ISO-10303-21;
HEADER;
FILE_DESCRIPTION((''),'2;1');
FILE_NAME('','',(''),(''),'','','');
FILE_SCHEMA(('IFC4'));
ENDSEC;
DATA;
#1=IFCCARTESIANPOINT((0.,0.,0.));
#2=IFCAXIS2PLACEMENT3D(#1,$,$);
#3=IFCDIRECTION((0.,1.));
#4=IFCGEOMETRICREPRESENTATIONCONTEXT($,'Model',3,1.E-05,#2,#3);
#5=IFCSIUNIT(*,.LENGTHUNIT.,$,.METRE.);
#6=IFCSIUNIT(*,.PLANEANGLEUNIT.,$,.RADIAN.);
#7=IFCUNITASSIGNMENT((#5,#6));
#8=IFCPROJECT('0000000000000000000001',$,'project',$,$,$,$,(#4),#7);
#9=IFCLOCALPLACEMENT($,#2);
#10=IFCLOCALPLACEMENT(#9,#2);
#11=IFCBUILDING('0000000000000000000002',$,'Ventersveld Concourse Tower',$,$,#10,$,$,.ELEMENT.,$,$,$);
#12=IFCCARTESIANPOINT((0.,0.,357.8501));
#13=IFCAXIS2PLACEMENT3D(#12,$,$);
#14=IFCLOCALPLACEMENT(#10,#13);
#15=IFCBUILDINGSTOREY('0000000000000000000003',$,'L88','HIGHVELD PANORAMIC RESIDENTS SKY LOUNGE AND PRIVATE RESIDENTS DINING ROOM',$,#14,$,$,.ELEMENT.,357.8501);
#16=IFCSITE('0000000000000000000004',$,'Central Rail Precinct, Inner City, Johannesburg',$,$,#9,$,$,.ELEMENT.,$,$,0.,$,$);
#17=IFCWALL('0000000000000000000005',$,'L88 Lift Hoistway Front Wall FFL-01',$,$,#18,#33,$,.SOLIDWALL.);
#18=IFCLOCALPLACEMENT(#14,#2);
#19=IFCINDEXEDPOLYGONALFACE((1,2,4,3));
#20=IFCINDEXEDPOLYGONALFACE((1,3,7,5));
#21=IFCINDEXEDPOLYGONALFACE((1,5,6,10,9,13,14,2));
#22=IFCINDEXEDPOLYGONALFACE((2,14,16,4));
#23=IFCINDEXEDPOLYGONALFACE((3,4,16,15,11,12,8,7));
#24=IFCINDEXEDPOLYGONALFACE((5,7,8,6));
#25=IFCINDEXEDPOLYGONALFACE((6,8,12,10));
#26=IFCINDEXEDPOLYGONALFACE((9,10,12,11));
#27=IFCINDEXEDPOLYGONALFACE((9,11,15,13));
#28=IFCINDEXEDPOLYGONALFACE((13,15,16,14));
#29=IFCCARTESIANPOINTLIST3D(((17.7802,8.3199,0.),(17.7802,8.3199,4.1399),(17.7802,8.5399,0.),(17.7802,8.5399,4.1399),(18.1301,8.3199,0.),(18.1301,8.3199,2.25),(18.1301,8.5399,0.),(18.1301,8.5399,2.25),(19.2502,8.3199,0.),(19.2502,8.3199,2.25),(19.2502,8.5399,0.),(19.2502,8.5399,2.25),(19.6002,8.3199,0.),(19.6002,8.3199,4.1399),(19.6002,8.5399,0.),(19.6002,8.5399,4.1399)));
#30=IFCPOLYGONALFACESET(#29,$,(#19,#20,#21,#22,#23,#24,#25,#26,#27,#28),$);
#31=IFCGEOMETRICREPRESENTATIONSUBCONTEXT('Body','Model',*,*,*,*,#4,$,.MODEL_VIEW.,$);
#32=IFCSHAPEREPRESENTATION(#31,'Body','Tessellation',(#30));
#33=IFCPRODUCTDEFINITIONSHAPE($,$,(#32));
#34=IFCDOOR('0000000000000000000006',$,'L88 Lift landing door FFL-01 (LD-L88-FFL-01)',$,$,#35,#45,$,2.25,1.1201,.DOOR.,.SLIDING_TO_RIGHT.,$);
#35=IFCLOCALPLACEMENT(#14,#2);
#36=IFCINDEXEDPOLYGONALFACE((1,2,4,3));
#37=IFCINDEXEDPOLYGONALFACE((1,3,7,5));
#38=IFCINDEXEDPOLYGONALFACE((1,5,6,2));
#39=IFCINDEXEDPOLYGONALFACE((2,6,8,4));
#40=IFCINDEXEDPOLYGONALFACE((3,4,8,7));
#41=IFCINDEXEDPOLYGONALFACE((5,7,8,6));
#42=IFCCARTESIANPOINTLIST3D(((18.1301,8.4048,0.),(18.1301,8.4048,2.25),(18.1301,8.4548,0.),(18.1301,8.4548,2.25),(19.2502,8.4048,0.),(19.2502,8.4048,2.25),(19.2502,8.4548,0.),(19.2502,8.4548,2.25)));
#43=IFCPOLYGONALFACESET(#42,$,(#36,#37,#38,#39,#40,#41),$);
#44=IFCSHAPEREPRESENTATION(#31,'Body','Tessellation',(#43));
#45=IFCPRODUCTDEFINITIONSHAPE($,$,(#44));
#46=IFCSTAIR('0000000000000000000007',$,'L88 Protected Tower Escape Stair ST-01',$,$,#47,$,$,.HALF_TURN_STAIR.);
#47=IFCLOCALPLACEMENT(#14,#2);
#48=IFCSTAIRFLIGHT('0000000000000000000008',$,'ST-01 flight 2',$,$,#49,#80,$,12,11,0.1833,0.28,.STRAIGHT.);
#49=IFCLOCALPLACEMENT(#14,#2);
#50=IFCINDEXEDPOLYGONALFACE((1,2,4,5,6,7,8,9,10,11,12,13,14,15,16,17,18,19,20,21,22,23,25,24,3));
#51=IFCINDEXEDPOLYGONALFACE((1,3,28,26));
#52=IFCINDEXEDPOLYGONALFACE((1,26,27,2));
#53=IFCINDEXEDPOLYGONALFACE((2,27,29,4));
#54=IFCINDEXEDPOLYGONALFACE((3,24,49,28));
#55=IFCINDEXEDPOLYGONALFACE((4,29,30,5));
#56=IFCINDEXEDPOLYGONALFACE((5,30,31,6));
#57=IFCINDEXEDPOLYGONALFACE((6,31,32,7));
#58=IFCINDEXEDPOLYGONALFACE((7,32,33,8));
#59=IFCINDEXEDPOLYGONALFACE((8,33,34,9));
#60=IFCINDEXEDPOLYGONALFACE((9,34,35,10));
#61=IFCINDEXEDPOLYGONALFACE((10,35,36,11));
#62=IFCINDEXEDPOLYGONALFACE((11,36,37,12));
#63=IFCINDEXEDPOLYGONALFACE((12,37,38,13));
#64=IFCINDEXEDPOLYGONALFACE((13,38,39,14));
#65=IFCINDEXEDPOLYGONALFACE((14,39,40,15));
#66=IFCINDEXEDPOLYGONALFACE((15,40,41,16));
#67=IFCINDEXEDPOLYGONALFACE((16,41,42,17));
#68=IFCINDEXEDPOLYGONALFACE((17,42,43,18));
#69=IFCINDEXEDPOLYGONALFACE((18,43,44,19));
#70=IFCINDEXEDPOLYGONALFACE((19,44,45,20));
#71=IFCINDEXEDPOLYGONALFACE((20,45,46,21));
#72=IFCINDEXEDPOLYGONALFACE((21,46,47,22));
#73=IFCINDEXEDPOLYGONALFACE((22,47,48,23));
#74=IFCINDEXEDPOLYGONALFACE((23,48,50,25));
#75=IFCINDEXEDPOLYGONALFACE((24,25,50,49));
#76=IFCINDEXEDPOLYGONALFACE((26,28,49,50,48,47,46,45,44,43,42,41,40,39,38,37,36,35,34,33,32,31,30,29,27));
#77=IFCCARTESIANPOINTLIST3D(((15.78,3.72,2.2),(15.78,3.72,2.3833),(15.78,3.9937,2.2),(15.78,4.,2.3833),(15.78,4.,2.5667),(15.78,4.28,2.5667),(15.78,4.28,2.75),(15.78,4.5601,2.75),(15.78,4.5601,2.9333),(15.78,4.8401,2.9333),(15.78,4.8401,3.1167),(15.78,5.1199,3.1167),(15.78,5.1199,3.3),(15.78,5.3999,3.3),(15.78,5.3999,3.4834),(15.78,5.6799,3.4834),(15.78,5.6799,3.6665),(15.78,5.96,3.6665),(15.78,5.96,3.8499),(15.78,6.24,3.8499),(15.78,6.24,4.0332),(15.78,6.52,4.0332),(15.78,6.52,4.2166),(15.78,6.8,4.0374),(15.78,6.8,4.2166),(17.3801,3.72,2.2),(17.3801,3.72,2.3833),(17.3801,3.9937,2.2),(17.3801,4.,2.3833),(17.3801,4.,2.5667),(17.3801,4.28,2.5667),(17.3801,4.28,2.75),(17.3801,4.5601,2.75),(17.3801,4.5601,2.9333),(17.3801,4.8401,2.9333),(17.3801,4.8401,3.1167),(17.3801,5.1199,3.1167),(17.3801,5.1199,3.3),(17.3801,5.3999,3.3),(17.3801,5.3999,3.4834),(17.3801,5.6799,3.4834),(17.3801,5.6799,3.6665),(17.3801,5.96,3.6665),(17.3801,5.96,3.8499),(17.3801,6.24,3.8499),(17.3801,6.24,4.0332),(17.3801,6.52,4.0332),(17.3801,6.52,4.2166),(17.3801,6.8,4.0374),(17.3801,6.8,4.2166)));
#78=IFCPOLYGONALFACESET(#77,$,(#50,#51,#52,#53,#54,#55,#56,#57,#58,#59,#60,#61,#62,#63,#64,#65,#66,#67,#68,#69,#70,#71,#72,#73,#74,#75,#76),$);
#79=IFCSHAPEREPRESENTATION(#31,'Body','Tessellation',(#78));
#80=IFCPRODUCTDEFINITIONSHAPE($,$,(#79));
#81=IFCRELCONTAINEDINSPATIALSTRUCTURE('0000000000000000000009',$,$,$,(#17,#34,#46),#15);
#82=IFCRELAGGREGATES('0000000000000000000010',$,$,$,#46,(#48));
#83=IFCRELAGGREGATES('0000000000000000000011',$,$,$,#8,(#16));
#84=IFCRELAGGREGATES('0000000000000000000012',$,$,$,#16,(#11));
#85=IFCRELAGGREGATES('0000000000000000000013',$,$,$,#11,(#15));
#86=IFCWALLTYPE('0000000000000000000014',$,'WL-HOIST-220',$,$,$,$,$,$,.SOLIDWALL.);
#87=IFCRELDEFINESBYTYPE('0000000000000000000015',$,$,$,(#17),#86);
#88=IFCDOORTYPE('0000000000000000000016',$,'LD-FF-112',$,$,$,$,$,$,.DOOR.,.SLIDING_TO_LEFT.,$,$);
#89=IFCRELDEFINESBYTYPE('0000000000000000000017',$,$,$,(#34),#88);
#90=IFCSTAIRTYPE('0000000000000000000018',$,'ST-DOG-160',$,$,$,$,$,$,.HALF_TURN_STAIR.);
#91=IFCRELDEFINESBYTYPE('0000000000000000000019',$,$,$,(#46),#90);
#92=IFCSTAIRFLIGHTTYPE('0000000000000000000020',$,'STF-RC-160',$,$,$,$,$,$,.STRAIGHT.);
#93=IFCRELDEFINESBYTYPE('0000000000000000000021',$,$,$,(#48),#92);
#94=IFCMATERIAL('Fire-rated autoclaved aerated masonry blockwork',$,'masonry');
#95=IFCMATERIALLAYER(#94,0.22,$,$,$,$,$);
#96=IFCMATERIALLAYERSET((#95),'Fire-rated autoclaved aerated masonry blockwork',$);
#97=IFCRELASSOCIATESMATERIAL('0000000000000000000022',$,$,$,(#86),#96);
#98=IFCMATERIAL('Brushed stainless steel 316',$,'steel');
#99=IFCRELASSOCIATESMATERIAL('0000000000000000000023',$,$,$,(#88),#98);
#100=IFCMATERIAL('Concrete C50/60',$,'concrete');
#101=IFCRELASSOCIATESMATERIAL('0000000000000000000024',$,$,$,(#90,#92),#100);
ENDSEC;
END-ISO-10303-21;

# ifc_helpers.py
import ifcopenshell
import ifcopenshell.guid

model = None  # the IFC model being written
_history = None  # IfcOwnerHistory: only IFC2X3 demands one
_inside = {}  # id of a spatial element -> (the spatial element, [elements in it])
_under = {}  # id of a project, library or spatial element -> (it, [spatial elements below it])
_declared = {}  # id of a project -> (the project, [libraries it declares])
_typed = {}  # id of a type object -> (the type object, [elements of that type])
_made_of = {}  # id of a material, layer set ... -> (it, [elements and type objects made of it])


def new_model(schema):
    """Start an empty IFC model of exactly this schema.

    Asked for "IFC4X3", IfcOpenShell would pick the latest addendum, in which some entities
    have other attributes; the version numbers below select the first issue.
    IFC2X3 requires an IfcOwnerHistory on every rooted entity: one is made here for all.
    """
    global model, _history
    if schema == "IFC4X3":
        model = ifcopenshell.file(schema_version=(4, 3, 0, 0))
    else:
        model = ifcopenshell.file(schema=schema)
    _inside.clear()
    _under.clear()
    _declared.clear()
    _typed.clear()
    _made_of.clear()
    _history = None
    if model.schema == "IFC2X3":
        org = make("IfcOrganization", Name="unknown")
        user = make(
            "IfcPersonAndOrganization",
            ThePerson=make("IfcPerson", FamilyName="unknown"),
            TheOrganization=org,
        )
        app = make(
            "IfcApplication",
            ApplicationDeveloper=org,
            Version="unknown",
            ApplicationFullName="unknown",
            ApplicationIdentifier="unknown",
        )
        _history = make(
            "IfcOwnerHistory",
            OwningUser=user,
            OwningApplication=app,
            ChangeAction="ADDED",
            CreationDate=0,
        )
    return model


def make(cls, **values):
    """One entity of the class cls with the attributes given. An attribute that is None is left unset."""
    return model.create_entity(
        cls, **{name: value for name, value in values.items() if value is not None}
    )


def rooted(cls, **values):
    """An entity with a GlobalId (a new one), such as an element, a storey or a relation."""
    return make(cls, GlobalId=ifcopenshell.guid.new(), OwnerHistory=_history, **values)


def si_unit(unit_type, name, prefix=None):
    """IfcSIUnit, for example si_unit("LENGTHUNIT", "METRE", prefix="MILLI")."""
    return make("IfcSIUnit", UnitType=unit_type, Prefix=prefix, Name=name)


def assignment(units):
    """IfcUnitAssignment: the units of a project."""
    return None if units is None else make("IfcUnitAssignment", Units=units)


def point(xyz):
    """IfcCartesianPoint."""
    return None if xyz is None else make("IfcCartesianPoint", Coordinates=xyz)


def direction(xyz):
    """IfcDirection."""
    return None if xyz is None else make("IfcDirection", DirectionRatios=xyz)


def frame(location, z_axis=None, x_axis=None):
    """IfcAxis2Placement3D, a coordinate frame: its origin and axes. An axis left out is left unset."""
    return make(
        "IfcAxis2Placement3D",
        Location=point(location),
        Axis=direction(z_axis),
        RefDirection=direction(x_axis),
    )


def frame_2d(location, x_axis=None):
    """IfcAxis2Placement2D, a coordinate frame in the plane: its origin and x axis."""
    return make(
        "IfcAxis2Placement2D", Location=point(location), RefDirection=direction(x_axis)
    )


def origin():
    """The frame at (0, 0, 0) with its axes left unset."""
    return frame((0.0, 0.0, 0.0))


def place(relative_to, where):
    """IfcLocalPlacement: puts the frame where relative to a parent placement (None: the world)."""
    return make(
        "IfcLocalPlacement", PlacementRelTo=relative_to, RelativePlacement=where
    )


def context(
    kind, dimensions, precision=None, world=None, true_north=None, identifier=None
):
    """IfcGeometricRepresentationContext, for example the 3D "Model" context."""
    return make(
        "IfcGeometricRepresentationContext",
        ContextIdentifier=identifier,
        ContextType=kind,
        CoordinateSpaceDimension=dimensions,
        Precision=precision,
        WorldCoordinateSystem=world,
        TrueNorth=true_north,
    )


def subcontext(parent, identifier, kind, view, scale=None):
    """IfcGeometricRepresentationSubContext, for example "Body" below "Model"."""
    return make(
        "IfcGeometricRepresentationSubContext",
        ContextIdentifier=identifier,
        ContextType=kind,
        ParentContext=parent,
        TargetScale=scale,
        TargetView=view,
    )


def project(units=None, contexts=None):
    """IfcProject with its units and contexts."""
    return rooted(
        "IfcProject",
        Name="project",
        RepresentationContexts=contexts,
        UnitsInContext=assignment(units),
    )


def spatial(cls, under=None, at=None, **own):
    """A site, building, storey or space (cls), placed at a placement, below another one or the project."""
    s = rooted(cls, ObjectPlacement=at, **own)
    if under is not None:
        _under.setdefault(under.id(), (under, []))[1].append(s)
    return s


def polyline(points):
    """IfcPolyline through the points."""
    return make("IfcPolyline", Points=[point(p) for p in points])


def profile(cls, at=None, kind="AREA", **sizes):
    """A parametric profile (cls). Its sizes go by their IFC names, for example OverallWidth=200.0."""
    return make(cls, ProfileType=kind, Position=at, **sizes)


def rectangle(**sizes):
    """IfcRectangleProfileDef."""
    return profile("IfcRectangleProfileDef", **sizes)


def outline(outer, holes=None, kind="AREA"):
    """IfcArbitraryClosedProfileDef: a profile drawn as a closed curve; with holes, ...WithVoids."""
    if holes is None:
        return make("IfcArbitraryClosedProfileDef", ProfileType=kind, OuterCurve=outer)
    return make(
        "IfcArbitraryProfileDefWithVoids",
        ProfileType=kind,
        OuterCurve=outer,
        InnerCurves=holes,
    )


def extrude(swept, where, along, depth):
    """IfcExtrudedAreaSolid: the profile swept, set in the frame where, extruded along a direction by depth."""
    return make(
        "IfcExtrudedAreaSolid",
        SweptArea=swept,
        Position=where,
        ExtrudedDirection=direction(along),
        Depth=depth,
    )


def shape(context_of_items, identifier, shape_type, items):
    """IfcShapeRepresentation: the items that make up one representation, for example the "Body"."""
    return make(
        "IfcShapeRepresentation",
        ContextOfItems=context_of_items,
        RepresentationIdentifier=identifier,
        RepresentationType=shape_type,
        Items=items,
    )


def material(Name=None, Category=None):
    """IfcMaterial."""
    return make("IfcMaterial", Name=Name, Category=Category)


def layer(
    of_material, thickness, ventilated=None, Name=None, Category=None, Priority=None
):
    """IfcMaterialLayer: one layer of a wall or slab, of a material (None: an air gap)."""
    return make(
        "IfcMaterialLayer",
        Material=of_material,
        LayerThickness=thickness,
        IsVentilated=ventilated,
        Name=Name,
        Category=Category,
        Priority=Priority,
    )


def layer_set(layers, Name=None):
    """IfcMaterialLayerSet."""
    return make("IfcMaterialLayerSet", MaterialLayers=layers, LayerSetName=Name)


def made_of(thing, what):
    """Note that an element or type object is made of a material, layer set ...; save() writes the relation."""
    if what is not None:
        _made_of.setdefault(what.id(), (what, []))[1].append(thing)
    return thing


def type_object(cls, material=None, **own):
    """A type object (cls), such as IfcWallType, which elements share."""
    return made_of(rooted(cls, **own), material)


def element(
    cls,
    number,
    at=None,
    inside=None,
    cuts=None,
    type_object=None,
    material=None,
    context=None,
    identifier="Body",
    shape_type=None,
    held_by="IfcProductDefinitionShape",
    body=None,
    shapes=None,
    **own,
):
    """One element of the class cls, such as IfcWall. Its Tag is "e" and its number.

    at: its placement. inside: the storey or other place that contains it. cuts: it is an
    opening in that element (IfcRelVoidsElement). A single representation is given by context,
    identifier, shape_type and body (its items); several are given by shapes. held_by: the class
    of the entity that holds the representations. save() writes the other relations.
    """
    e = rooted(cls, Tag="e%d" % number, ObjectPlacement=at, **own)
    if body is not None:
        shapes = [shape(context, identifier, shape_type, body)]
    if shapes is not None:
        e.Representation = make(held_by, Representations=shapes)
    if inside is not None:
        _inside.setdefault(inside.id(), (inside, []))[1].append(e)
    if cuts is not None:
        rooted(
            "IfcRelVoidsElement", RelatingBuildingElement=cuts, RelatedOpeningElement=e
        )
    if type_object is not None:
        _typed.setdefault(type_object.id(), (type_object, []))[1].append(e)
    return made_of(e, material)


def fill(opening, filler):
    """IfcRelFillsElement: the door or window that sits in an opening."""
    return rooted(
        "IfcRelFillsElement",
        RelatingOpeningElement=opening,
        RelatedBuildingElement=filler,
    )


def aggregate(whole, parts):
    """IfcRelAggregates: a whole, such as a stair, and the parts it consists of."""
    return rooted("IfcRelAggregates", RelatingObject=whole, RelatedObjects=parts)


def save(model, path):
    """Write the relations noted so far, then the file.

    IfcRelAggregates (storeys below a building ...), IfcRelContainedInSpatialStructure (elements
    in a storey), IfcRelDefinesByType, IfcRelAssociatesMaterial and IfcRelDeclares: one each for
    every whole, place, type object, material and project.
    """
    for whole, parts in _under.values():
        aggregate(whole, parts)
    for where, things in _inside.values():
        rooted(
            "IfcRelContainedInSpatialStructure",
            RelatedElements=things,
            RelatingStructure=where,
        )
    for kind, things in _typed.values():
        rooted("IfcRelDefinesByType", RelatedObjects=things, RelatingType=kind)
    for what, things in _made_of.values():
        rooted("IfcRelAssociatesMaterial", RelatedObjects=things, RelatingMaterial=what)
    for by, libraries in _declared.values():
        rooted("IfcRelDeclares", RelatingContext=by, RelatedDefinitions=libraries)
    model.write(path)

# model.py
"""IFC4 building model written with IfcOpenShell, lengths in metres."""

from ifc_helpers import new_model, si_unit, direction, frame, frame_2d, origin, place, context, subcontext, project, spatial, polyline, rectangle, outline, extrude, material, layer, layer_set, type_object, element, fill, aggregate, save


model = new_model("IFC4")

# Units and contexts
model_context = context("Model", 3, precision=1e-05, world=origin(), true_north=direction((0.0, 1.0)))
body_context = subcontext(model_context, "Body", "Model", "MODEL_VIEW")
ifc_project = project(units=[si_unit("LENGTHUNIT", "METRE"), si_unit("PLANEANGLEUNIT", "RADIAN")], contexts=[model_context])

# Site, building, storey
site_placement = place(None, origin())
site = spatial("IfcSite", under=ifc_project, at=site_placement, Name="Central Rail Precinct, Inner City, Johannesburg", CompositionType="ELEMENT", RefElevation=0.0)
building_placement = place(site_placement, origin())
building = spatial("IfcBuilding", under=site, at=building_placement, Name="Ventersveld Concourse Tower", CompositionType="ELEMENT")
storey_placement = place(building_placement, frame((0.0, 0.0, 357.8501)))
storey = spatial("IfcBuildingStorey", under=building, at=storey_placement, Name="L88", Description="HIGHVELD PANORAMIC RESIDENTS SKY LOUNGE AND PRIVATE RESIDENTS DINING ROOM", CompositionType="ELEMENT", Elevation=357.8501)

# Shared definitions
ifc_material_1 = material(Name="Concrete C50/60", Category="concrete")

# Shared definitions
ifc_material_2 = material(Name="Fire-rated autoclaved aerated masonry blockwork", Category="masonry")
ifc_layer_1 = layer(ifc_material_2, 0.22)
ifc_layer_set_1 = layer_set([ifc_layer_1], Name="Fire-rated autoclaved aerated masonry blockwork")
wall_type_1 = type_object("IfcWallType", Name="WL-HOIST-220", PredefinedType="SOLIDWALL", material=ifc_layer_set_1)

# Wall, opening, door
wall_1_placement = place(storey_placement, frame((17.78, 8.4299, 0.0), z_axis=(0.0, 0.0, 1.0), x_axis=(1.0, 0.0, 0.0)))
wall_1 = element("IfcWall", 1, at=wall_1_placement, inside=storey, type_object=wall_type_1, Name="L88 Lift Hoistway Front Wall FFL-01", PredefinedType="SOLIDWALL", context=body_context, shape_type="SweptSolid", body=[
    extrude(rectangle(XDim=1.8201, YDim=0.22, at=frame_2d((0.9102, 0.0))), origin(), (0.0, 0.0, 1.0), 4.1399),
])
opening_placement = place(wall_1_placement, frame((0.3501, 0.0, 0.0)))
opening = element("IfcOpeningElement", 2, at=opening_placement, cuts=wall_1, PredefinedType="OPENING", context=body_context, shape_type="SweptSolid", body=[
    extrude(rectangle(XDim=1.1201, YDim=2.25, at=frame_2d((0.5601, 1.125))), frame((0.0, 0.1201, 0.0), z_axis=(0.0, -1.0, 0.0), x_axis=(1.0, 0.0, 0.0)), (0.0, 0.0, 1.0), 0.24),
])
ifc_material_3 = material(Name="Brushed stainless steel 316", Category="steel")
door_type = type_object("IfcDoorType", Name="LD-FF-112", OperationType="SLIDING_TO_LEFT", PredefinedType="DOOR", material=ifc_material_3)
door_placement = place(opening_placement, origin())
door = element("IfcDoor", 3, at=door_placement, inside=storey, type_object=door_type, Name="L88 Lift landing door FFL-01 (LD-L88-FFL-01)", OperationType="SLIDING_TO_RIGHT", OverallHeight=2.25, OverallWidth=1.1201, PredefinedType="DOOR", context=body_context, shape_type="SweptSolid", body=[
    extrude(rectangle(XDim=1.1201, YDim=2.25, at=frame_2d((0.5601, 1.125))), frame((0.0, 0.0249, 0.0), z_axis=(0.0, -1.0, 0.0), x_axis=(1.0, 0.0, 0.0)), (0.0, 0.0, 1.0), 0.05),
])
fill(opening, door)

# Stair, stair flight
stair_type = type_object("IfcStairType", Name="ST-DOG-160", PredefinedType="HALF_TURN_STAIR", material=ifc_material_1)
stair_placement = place(storey_placement, origin())
stair = element("IfcStair", 4, at=stair_placement, inside=storey, type_object=stair_type, Name="L88 Protected Tower Escape Stair ST-01", PredefinedType="HALF_TURN_STAIR")
stair_flight_type = type_object("IfcStairFlightType", Name="STF-RC-160", PredefinedType="STRAIGHT", material=ifc_material_1)
stair_flight_placement = place(storey_placement, frame((16.5801, 3.72, 2.2), z_axis=(0.0, 0.0, 1.0), x_axis=(0.0, 1.0, 0.0)))
stair_flight = element("IfcStairFlight", 5, at=stair_flight_placement, type_object=stair_flight_type, Name="ST-01 flight 2", NumberOfRisers=12, NumberOfTreads=11, PredefinedType="STRAIGHT", RiserHeight=0.1833, TreadLength=0.28, context=body_context, shape_type="SweptSolid", body=[
    extrude(outline(polyline([(0.0, 0.0), (0.0, 0.1833), (0.28, 0.1833), (0.28, 0.3667), (0.5601, 0.3667), (0.5601, 0.55), (0.8401, 0.55), (0.8401, 0.7334), (1.1201, 0.7334), (1.1201, 0.9167), (1.3999, 0.9167), (1.3999, 1.1001), (1.6799, 1.1001), (1.6799, 1.2834), (1.96, 1.2834), (1.96, 1.4666), (2.24, 1.4666), (2.24, 1.6499), (2.52, 1.6499), (2.52, 1.8333), (2.8, 1.8333), (2.8, 2.0166), (3.0801, 2.0166), (3.0801, 2.2), (3.0801, 1.8374), (0.2737, 0.0), (0.0, 0.0)])), frame((0.0, 0.8, 0.0), z_axis=(0.0, -1.0, 0.0), x_axis=(1.0, 0.0, 0.0)), (0.0, 0.0, 1.0), 1.6001),
])
aggregate(stair, [stair_flight])

save(model, "model.ifc")
